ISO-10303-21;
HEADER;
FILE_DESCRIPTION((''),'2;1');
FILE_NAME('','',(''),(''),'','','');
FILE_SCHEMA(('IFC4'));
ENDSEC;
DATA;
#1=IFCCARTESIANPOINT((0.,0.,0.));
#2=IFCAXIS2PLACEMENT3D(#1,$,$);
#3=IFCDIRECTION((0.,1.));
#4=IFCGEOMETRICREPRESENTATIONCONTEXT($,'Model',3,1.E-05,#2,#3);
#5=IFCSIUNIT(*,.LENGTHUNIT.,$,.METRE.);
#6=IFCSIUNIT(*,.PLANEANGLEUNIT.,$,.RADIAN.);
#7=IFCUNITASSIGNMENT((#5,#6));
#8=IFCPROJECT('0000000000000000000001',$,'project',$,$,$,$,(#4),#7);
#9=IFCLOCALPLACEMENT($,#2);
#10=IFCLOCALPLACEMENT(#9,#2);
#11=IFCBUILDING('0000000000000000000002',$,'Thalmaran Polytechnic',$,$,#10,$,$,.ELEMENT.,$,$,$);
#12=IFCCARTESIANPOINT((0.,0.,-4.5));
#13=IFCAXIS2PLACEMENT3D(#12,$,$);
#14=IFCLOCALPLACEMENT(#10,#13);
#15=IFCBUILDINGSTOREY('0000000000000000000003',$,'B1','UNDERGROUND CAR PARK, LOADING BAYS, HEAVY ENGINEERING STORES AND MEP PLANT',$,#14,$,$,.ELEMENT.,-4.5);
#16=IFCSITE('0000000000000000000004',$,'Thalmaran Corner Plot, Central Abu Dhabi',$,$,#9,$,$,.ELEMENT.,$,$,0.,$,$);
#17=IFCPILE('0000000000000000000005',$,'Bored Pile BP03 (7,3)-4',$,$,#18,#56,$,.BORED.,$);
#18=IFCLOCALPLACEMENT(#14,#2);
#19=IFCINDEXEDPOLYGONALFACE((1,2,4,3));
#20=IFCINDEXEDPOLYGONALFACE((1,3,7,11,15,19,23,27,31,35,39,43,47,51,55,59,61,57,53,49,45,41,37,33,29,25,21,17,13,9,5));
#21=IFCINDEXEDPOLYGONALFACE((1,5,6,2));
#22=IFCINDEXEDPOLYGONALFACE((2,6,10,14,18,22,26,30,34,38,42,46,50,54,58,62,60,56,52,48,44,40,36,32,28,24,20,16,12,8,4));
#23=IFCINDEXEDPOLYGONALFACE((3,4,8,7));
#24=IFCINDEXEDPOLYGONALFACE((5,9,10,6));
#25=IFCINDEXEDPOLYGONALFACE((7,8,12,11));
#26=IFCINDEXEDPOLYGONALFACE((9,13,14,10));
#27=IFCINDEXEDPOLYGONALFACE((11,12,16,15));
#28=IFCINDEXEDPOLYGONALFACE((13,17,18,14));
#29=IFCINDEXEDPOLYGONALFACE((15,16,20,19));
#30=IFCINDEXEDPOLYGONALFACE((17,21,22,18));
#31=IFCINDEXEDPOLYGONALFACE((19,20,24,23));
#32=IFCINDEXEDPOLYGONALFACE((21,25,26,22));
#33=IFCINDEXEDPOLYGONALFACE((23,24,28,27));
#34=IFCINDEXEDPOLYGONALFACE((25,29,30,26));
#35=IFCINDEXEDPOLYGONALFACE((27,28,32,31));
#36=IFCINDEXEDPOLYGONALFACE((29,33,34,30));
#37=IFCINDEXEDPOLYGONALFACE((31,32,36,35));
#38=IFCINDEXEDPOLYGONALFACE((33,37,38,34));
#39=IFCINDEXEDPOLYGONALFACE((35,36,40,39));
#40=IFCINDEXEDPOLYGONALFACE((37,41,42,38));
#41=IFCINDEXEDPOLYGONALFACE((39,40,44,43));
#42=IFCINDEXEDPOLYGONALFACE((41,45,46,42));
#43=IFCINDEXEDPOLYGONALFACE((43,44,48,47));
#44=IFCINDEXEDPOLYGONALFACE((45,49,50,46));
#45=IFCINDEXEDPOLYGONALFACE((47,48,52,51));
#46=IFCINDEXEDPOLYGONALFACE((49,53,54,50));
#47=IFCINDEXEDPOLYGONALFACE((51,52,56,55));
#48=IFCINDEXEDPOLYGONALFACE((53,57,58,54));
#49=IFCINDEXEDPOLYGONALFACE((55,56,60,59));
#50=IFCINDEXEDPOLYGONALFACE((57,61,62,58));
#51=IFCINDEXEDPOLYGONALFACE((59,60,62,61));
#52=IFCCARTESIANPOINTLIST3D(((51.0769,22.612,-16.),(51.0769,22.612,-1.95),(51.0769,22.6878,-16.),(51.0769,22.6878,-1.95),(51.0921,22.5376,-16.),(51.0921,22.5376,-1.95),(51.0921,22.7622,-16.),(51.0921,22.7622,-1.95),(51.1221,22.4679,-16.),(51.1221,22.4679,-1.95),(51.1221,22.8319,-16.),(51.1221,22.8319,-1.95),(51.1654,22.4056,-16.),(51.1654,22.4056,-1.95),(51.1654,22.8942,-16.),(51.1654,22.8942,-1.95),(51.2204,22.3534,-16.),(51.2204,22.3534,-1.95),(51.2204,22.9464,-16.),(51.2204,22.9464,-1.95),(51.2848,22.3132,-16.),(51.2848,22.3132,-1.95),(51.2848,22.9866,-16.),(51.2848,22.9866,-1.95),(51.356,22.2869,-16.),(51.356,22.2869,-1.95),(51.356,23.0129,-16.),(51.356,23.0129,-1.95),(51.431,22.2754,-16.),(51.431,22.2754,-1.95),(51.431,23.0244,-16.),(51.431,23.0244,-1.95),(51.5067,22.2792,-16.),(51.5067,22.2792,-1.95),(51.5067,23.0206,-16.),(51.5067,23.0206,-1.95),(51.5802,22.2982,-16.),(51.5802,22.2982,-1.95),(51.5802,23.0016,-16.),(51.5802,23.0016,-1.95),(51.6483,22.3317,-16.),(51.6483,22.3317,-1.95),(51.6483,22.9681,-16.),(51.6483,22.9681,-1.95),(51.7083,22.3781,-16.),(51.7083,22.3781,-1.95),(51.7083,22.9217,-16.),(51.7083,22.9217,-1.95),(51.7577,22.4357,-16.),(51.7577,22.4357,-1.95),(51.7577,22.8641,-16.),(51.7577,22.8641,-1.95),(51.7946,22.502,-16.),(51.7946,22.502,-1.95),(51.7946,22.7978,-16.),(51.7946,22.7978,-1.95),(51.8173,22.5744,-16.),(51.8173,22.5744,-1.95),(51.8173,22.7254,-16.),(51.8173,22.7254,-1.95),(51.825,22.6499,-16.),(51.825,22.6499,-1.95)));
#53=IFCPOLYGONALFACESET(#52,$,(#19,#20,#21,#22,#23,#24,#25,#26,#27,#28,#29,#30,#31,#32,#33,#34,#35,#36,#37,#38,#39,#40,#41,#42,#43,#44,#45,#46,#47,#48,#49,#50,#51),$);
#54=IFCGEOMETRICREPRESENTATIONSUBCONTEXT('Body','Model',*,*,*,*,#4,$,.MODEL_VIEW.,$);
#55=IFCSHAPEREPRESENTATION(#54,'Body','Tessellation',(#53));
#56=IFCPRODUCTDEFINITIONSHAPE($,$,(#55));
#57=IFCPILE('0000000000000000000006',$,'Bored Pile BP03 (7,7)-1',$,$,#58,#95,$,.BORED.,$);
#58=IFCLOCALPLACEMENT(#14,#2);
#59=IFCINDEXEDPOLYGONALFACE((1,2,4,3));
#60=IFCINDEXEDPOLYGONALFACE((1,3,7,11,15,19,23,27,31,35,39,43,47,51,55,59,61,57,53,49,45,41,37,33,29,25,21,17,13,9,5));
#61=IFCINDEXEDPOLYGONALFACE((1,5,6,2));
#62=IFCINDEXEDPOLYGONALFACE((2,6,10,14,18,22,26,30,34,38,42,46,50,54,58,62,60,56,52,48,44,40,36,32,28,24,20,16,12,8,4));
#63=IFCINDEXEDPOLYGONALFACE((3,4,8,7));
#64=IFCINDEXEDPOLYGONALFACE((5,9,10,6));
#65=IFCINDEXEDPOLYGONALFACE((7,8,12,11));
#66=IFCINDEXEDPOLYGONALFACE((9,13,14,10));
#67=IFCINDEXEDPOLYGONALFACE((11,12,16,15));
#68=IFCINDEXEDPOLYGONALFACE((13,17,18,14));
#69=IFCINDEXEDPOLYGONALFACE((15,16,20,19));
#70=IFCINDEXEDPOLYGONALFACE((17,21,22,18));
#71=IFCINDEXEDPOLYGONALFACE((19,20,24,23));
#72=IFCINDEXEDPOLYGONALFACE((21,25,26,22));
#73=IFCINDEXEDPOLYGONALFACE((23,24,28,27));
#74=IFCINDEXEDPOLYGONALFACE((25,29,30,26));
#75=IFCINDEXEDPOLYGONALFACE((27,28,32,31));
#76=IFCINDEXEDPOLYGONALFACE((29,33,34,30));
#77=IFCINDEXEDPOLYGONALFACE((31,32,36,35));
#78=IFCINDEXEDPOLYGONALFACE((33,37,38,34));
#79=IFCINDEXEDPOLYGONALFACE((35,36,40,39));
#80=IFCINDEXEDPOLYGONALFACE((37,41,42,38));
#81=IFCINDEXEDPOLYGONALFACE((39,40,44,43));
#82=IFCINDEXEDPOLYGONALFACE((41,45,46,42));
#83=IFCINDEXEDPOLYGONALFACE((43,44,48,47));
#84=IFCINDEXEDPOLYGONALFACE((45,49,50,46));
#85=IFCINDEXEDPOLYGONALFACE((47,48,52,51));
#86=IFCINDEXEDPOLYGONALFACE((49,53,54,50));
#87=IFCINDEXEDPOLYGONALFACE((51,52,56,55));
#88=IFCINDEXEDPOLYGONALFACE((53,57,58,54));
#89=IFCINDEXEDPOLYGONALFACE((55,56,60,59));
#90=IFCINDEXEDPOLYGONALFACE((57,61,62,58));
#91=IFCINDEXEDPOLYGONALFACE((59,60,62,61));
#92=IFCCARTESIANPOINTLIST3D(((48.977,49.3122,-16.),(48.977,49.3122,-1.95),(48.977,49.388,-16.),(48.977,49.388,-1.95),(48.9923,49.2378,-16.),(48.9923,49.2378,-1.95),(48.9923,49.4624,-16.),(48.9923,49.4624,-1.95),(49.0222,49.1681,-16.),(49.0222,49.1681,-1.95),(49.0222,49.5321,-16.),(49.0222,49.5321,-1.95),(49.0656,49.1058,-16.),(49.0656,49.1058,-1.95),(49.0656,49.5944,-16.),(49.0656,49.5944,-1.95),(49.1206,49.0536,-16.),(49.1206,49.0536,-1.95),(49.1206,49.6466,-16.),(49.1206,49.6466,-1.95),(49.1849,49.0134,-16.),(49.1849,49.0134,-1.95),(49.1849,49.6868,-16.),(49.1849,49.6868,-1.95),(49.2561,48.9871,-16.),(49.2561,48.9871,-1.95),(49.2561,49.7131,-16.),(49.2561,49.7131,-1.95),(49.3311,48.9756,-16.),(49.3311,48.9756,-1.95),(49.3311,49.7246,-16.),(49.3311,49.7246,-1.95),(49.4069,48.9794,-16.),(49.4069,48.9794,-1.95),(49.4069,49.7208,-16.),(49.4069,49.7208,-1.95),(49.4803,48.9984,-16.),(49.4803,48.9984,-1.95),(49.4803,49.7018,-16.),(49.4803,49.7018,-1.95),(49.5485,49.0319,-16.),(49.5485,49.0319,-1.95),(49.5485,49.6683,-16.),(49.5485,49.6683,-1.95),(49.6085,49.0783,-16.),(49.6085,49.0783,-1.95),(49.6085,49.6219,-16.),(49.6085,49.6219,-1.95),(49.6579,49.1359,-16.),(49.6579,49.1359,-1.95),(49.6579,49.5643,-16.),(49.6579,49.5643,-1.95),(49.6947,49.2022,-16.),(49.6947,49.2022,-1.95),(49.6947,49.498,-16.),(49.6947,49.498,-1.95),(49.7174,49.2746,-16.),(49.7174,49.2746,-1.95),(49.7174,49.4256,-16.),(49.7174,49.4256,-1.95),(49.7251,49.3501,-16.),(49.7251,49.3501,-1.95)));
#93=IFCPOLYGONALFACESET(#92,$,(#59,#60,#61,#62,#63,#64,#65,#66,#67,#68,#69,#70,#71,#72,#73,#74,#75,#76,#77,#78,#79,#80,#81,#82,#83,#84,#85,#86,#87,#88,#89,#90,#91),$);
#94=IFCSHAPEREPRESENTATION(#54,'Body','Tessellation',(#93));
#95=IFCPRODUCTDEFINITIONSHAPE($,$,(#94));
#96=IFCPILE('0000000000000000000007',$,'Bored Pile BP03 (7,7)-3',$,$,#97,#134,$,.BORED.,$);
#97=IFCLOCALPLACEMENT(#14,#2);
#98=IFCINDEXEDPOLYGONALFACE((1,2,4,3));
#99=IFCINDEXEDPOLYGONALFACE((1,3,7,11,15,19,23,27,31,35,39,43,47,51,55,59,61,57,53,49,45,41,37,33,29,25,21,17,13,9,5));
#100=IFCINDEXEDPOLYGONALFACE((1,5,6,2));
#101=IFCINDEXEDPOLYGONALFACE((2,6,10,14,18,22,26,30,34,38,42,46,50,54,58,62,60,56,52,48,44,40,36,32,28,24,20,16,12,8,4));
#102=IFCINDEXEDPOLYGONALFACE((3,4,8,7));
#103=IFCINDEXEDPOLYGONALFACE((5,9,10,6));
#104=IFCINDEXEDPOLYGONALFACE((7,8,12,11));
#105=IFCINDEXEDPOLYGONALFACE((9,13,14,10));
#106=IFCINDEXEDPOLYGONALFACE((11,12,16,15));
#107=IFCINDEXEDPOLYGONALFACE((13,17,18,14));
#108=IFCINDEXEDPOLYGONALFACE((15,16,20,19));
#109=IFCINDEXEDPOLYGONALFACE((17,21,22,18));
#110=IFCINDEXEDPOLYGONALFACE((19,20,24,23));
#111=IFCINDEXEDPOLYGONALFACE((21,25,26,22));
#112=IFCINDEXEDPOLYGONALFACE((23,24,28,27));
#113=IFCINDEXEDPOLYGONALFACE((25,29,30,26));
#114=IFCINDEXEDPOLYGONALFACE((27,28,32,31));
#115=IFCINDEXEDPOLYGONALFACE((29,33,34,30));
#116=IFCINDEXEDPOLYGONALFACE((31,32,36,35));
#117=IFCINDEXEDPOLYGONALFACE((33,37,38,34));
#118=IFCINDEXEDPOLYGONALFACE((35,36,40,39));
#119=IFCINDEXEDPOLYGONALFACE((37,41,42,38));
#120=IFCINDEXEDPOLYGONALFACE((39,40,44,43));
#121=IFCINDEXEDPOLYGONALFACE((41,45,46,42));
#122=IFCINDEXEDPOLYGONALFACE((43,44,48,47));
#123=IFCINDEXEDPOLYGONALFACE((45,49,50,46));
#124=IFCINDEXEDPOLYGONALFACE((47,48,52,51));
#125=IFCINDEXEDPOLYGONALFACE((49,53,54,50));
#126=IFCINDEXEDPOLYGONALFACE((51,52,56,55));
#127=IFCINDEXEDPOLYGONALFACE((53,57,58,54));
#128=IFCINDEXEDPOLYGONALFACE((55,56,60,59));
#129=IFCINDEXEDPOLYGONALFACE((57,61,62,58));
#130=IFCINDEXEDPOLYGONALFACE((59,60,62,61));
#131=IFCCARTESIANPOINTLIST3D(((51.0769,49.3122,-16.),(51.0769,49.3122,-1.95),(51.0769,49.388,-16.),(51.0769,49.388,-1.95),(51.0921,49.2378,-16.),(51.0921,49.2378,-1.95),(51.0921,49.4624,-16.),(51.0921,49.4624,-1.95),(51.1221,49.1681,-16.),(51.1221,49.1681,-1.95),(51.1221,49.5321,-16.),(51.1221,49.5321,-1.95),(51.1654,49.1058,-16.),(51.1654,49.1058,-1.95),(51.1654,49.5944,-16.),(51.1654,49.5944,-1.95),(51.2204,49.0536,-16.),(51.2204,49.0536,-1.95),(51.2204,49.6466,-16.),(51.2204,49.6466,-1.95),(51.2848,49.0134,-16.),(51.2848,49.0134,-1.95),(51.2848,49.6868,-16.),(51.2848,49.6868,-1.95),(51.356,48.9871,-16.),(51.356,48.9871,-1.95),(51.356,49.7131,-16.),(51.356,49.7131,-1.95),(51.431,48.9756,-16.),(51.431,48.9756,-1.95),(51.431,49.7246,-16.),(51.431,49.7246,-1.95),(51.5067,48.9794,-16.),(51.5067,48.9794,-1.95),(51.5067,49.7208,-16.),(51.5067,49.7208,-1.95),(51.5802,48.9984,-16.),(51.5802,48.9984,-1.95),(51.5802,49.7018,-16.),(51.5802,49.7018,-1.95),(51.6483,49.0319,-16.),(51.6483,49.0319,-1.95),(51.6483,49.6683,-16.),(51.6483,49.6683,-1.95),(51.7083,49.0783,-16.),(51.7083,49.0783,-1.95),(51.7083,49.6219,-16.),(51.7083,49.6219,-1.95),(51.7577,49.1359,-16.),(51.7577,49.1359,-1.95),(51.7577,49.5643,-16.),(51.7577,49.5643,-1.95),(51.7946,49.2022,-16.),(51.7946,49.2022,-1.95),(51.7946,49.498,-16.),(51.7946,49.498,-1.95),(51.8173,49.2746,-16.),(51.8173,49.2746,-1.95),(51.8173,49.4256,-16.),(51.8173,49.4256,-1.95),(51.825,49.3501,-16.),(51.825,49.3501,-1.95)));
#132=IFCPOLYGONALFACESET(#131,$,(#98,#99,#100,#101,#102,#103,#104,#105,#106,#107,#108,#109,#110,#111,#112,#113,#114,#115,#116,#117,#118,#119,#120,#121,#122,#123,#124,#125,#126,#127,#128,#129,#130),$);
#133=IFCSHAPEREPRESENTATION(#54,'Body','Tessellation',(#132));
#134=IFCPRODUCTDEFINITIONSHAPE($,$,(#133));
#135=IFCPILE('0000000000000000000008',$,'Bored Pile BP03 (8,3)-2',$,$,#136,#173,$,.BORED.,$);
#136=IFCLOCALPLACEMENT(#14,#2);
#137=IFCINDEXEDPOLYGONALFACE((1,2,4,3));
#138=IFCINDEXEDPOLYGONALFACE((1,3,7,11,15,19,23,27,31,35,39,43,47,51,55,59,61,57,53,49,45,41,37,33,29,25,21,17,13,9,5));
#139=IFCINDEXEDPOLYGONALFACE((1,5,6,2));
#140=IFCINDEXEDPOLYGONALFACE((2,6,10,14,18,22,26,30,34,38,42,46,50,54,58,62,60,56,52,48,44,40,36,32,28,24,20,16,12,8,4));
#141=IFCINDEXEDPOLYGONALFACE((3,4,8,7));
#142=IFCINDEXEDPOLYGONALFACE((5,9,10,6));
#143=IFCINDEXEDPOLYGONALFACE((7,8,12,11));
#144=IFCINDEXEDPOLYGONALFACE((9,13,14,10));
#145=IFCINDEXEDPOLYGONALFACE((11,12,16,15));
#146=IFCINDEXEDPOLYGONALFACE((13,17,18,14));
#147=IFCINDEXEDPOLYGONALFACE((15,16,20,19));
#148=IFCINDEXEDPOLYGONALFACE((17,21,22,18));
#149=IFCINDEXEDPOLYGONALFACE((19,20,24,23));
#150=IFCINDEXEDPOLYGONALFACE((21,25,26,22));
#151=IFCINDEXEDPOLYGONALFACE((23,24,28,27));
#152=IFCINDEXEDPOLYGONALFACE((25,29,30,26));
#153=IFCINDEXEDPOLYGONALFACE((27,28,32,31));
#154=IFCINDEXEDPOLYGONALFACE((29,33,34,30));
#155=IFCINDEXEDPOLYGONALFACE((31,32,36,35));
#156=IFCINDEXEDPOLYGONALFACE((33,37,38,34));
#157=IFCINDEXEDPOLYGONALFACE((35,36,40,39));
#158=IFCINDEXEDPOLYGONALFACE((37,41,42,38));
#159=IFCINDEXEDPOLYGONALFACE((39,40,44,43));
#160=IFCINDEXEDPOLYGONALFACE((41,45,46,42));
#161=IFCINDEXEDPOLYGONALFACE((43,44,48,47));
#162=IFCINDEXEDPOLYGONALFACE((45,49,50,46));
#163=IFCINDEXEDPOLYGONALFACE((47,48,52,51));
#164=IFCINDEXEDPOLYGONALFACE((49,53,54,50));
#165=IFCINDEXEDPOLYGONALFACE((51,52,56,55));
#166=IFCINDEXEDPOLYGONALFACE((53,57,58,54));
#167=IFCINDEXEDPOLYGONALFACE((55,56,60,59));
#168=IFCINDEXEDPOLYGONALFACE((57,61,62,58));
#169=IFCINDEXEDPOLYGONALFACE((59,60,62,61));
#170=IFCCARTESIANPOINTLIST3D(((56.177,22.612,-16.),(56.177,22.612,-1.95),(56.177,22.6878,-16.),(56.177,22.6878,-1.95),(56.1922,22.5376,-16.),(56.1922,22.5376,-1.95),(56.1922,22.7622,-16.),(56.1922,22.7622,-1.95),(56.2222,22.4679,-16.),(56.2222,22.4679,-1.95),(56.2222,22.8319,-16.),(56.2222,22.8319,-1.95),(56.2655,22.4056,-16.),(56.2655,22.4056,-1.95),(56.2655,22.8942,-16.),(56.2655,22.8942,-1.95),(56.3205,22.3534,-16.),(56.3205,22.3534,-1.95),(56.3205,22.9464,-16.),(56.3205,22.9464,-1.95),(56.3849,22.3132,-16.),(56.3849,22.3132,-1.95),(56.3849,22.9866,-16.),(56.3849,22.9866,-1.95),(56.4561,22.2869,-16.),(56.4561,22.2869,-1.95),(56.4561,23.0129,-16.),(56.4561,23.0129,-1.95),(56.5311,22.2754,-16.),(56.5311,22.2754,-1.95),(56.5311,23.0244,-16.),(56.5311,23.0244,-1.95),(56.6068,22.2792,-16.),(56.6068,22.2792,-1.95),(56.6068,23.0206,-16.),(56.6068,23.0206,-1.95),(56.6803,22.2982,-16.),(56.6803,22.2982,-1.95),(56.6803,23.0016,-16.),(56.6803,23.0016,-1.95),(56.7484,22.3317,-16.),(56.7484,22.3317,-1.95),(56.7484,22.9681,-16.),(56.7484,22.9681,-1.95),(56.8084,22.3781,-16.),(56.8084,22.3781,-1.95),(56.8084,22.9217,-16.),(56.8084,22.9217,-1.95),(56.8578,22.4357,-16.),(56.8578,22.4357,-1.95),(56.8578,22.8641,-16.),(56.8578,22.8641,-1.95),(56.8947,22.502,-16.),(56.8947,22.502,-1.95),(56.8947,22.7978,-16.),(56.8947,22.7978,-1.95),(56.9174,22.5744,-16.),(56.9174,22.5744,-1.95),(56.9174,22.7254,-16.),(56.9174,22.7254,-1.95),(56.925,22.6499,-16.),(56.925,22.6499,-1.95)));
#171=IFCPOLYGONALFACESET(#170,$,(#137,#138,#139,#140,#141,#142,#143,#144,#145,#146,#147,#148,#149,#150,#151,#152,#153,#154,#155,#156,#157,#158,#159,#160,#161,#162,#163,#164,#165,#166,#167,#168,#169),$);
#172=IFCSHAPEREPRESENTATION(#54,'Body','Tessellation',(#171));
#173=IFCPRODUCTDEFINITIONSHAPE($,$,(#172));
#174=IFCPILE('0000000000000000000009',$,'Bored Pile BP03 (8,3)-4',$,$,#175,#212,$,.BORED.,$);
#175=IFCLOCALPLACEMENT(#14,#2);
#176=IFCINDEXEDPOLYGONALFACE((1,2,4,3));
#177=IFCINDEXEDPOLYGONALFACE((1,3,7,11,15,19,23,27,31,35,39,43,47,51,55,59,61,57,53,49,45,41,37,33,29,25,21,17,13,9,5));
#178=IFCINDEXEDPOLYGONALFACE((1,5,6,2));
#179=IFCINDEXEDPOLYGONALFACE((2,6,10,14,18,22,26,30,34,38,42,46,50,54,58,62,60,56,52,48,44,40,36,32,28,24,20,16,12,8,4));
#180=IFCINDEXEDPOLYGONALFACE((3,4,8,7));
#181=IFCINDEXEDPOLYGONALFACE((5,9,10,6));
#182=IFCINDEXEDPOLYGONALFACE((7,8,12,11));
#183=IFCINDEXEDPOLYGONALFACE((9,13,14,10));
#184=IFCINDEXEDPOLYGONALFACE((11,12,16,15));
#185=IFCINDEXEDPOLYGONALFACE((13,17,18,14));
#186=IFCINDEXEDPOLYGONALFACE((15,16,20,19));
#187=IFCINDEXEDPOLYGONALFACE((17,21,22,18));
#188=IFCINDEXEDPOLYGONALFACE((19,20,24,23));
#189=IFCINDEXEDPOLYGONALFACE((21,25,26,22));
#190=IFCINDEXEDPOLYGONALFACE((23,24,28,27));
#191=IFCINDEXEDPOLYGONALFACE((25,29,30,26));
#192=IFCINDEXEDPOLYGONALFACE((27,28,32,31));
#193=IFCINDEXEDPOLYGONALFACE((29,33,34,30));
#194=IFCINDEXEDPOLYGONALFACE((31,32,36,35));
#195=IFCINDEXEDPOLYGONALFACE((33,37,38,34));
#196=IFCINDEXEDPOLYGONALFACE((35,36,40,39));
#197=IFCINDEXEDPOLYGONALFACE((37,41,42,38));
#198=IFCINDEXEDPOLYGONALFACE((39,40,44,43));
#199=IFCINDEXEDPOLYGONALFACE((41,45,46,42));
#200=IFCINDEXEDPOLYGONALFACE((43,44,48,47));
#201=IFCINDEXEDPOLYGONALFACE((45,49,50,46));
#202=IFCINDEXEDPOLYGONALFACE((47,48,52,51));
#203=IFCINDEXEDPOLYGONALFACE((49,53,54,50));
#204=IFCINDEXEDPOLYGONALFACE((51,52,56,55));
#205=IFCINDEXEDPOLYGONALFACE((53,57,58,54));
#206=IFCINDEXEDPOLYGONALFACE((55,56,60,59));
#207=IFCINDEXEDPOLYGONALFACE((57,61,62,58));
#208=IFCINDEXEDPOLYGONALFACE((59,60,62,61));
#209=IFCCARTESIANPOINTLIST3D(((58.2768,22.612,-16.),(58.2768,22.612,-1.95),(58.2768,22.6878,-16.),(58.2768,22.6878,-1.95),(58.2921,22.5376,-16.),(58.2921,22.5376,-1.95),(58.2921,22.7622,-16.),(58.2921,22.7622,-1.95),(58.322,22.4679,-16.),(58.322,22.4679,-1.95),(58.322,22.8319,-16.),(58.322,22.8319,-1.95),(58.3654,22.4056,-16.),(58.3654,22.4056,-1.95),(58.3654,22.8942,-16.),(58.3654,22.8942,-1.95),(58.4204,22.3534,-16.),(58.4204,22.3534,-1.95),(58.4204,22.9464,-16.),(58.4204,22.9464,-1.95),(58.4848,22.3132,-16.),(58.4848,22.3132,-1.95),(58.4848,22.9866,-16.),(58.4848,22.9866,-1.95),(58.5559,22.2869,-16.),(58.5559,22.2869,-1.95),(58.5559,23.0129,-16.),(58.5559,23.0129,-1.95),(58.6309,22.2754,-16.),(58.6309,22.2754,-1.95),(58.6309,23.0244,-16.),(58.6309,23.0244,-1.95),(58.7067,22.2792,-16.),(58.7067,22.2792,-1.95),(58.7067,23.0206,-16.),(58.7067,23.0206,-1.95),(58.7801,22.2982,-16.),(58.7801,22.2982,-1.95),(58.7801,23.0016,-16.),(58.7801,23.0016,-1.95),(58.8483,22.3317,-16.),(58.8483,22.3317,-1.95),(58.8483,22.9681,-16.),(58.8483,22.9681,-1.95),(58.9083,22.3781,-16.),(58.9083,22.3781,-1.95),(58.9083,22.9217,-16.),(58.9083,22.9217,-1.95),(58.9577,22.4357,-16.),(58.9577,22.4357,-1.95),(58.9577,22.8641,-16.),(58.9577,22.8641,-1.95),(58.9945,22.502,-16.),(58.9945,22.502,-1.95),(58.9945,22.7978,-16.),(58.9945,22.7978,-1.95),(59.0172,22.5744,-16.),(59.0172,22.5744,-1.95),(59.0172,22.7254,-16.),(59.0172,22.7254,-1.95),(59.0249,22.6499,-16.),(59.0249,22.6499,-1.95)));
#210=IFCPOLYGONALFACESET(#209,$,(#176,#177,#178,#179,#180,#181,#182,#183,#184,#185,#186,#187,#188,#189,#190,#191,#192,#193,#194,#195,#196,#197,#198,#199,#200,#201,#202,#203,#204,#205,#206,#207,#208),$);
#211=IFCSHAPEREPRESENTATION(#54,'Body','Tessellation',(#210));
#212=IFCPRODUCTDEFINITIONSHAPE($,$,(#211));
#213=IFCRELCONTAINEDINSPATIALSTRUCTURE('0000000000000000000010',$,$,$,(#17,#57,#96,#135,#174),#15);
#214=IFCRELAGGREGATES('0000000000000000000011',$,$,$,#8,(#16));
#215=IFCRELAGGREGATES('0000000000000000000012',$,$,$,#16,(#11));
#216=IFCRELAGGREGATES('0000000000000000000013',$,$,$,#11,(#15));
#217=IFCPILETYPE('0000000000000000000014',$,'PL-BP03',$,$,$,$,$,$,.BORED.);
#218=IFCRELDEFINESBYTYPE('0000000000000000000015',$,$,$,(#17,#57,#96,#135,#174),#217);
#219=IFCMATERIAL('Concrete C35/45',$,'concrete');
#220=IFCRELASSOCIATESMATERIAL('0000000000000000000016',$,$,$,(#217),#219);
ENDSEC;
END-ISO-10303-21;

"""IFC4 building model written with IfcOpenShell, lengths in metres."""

from ifc_helpers import new_model, si_unit, direction, frame, origin, origin_2d, place, context, subcontext, project, spatial, circle, extrude, material, material_profile, profile_set, type_object, element, save


model = new_model("IFC4")

# Units and contexts
model_context = context("Model", 3, precision=1e-05, world=origin(), true_north=direction((0.0, 1.0)))
body_context = subcontext(model_context, "Body", "Model", "MODEL_VIEW")
ifc_project = project(units=[si_unit("LENGTHUNIT", "METRE"), si_unit("PLANEANGLEUNIT", "RADIAN")], contexts=[model_context])

# Site, building, storey
site_placement = place(None, origin())
site = spatial("IfcSite", under=ifc_project, at=site_placement, Name="Thalmaran Corner Plot, Central Abu Dhabi", CompositionType="ELEMENT", RefElevation=0.0)
building_placement = place(site_placement, origin())
building = spatial("IfcBuilding", under=site, at=building_placement, Name="Thalmaran Polytechnic", CompositionType="ELEMENT")
storey_placement = place(building_placement, frame((0.0, 0.0, -4.5)))
storey = spatial("IfcBuildingStorey", under=building, at=storey_placement, Name="B1", Description="UNDERGROUND CAR PARK, LOADING BAYS, HEAVY ENGINEERING STORES AND MEP PLANT", CompositionType="ELEMENT", Elevation=-4.5)

# Piles
ifc_material_1 = material(Name="Concrete C35/45", Category="concrete")
ifc_material_profile_1 = material_profile(ifc_material_1, circle(Radius=0.375, at=origin_2d()), Name="RC 750 DIA")
ifc_profile_set_1 = profile_set([ifc_material_profile_1], Name="Concrete C35/45")
pile_type_1 = type_object("IfcPileType", Name="PL-BP03", PredefinedType="BORED", material=ifc_profile_set_1)
for number, where, z_axis, x_axis, name in (
    (1, (51.45, 22.6499, -1.95), (0.0, 0.0, -1.0), (1.0, 0.0, 0.0), "Bored Pile BP03 (7,3)-4"),
    (2, (49.3501, 49.3501, -1.95), (0.0, 0.0, -1.0), (1.0, 0.0, 0.0), "Bored Pile BP03 (7,7)-1"),
    (3, (51.45, 49.3501, -1.95), (0.0, 0.0, -1.0), (1.0, 0.0, 0.0), "Bored Pile BP03 (7,7)-3"),
    (4, (56.55, 22.6499, -1.95), (0.0, 0.0, -1.0), (1.0, 0.0, 0.0), "Bored Pile BP03 (8,3)-2"),
    (5, (58.6499, 22.6499, -1.95), (0.0, 0.0, -1.0), (1.0, 0.0, 0.0), "Bored Pile BP03 (8,3)-4"),
):
    element("IfcPile", number, at=place(storey_placement, frame(where, z_axis=z_axis, x_axis=x_axis)), inside=storey, type_object=pile_type_1, Name=name, PredefinedType="BORED", context=body_context, shape_type="SweptSolid", body=[
        extrude(circle(Radius=0.375, at=origin_2d()), origin(), (0.0, 0.0, 1.0), 14.05),
    ])

save(model, "model.ifc")
